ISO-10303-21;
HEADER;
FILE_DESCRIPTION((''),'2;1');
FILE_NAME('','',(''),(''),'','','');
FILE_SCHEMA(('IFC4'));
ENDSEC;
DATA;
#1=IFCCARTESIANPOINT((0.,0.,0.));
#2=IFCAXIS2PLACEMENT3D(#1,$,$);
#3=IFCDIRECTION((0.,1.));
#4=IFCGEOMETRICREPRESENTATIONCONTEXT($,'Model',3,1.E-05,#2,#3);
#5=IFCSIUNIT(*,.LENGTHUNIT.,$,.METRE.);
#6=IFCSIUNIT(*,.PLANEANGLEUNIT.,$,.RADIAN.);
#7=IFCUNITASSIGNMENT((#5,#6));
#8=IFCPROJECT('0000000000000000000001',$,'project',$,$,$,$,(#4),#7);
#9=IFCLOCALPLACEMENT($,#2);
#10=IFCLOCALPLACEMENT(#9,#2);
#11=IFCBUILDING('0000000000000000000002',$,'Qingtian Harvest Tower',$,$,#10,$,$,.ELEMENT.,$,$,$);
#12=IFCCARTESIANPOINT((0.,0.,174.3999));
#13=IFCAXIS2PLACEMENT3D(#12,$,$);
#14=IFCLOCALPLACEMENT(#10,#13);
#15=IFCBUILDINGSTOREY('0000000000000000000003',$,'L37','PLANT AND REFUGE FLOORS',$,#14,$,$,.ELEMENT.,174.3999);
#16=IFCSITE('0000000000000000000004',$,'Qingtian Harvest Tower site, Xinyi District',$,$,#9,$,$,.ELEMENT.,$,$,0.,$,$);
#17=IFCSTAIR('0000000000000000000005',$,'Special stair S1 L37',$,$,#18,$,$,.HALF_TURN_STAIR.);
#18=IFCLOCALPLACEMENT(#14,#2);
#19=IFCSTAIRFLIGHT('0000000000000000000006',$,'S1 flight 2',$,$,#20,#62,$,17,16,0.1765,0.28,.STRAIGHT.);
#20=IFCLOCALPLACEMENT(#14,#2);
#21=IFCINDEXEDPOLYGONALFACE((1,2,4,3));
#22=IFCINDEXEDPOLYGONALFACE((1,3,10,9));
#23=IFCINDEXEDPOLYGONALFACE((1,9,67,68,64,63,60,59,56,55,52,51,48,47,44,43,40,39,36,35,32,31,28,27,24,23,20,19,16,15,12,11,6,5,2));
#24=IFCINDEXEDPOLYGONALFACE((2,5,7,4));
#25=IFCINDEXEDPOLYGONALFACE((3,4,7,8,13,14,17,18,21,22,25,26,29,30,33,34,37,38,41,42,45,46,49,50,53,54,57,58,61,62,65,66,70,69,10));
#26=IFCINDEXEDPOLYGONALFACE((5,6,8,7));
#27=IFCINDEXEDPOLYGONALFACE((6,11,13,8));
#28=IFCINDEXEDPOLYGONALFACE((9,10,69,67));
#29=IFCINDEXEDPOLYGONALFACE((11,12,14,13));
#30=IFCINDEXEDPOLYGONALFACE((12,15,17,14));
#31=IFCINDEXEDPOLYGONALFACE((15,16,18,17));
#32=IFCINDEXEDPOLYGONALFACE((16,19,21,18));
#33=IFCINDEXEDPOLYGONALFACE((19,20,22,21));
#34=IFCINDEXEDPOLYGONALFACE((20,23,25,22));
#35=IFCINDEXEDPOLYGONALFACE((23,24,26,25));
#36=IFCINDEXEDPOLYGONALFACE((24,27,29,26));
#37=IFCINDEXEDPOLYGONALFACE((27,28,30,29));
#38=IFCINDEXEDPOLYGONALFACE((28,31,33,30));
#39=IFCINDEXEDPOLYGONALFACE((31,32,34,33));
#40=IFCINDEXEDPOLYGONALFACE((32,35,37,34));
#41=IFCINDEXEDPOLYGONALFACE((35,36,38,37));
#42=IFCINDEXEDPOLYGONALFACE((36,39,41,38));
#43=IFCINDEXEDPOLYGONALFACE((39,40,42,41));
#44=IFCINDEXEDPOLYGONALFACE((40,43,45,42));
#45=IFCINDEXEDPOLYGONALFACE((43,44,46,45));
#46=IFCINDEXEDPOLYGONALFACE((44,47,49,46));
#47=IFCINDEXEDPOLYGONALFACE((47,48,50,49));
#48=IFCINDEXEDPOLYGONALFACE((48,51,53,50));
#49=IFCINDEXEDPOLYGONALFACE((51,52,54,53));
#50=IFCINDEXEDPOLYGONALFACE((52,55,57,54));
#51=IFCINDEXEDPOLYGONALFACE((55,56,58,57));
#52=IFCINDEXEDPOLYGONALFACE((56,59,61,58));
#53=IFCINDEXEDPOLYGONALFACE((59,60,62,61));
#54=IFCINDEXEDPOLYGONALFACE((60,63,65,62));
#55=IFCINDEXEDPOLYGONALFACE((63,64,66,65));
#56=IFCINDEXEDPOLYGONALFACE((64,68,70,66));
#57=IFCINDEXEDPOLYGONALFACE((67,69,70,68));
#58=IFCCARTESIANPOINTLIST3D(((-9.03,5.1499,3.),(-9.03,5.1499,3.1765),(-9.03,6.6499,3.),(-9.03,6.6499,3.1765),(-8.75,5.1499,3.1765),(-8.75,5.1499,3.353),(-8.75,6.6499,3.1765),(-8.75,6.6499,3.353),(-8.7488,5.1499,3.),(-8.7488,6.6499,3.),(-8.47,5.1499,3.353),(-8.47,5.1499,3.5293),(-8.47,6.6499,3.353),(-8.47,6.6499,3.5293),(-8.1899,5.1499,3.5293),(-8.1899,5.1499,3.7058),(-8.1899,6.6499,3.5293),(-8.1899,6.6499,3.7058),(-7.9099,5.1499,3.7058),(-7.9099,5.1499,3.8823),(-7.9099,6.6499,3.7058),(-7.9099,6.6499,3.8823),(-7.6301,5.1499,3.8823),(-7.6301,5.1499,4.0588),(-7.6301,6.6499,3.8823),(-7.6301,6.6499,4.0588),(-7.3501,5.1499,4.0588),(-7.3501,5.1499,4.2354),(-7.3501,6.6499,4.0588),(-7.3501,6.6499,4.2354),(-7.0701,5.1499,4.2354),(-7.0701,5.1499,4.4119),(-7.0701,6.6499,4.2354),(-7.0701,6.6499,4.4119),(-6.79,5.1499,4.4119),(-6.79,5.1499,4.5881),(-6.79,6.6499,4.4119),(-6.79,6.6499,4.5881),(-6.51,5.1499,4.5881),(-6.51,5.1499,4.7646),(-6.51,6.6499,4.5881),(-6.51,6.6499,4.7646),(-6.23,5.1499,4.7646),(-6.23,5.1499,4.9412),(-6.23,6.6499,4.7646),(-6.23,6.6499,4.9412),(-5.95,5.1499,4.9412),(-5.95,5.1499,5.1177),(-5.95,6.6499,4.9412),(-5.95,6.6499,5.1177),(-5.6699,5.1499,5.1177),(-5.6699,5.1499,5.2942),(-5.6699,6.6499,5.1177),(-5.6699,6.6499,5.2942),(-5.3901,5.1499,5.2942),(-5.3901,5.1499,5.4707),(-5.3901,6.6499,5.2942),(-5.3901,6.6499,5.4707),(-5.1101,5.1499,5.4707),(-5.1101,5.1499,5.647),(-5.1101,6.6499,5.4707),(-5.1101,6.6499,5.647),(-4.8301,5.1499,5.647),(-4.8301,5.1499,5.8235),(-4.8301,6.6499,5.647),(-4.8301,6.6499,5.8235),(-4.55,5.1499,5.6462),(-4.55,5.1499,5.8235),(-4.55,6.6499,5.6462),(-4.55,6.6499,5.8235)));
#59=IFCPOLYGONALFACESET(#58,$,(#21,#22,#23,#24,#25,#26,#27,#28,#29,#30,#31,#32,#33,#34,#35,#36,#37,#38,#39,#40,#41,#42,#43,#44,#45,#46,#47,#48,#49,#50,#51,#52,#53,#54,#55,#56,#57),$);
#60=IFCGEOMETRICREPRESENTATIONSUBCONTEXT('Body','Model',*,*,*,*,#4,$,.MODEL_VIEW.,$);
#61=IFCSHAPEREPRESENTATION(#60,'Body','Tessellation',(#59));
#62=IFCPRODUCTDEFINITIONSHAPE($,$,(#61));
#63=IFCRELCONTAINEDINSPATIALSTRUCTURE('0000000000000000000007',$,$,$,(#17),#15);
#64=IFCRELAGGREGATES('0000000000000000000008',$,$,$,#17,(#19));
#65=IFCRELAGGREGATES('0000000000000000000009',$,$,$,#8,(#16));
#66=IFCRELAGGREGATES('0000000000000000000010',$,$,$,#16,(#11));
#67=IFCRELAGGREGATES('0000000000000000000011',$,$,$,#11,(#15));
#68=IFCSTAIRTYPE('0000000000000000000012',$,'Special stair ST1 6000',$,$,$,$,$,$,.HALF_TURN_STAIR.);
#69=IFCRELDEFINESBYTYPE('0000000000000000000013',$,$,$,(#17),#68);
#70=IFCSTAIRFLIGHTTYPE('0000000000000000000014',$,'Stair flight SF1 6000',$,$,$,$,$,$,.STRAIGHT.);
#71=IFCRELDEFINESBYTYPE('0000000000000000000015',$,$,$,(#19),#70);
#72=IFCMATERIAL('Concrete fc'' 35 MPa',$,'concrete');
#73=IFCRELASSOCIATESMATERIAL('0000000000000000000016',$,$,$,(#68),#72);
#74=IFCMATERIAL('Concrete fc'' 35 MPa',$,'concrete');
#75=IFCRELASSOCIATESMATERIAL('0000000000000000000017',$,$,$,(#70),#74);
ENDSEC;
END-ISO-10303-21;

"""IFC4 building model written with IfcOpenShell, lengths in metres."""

from ifc_helpers import new_model, si_unit, direction, frame, origin, place, context, subcontext, project, spatial, polyline, outline, extrude, material, type_object, element, aggregate, save


model = new_model("IFC4")

# Units and contexts
model_context = context("Model", 3, precision=1e-05, world=origin(), true_north=direction((0.0, 1.0)))
body_context = subcontext(model_context, "Body", "Model", "MODEL_VIEW")
ifc_project = project(units=[si_unit("LENGTHUNIT", "METRE"), si_unit("PLANEANGLEUNIT", "RADIAN")], contexts=[model_context])

# Site, building, storey
site_placement = place(None, origin())
site = spatial("IfcSite", under=ifc_project, at=site_placement, Name="Qingtian Harvest Tower site, Xinyi District", CompositionType="ELEMENT", RefElevation=0.0)
building_placement = place(site_placement, origin())
building = spatial("IfcBuilding", under=site, at=building_placement, Name="Qingtian Harvest Tower", CompositionType="ELEMENT")
storey_placement = place(building_placement, frame((0.0, 0.0, 174.3999)))
storey = spatial("IfcBuildingStorey", under=building, at=storey_placement, Name="L37", Description="PLANT AND REFUGE FLOORS", CompositionType="ELEMENT", Elevation=174.3999)

# Stair, stair flight
ifc_material_1 = material(Name="Concrete fc' 35 MPa", Category="concrete")
stair_type = type_object("IfcStairType", Name="Special stair ST1 6000", PredefinedType="HALF_TURN_STAIR", material=ifc_material_1)
stair_placement = place(storey_placement, origin())
stair = element("IfcStair", 1, at=stair_placement, inside=storey, type_object=stair_type, Name="Special stair S1 L37", PredefinedType="HALF_TURN_STAIR")
ifc_material_2 = material(Name="Concrete fc' 35 MPa", Category="concrete")
stair_flight_type = type_object("IfcStairFlightType", Name="Stair flight SF1 6000", PredefinedType="STRAIGHT", material=ifc_material_2)
stair_flight_1_placement = place(storey_placement, frame((-9.03, 5.8999, 3.0), z_axis=(0.0, 0.0, 1.0), x_axis=(1.0, 0.0, 0.0)))
stair_flight_1 = element("IfcStairFlight", 2, at=stair_flight_1_placement, type_object=stair_flight_type, Name="S1 flight 2", NumberOfRisers=17, NumberOfTreads=16, PredefinedType="STRAIGHT", RiserHeight=0.1765, TreadLength=0.28, context=body_context, shape_type="SweptSolid", body=[
    extrude(outline(polyline([(0.0, 0.0), (0.0, 0.1765), (0.28, 0.1765), (0.28, 0.353), (0.5601, 0.353), (0.5601, 0.5293), (0.8401, 0.5293), (0.8401, 0.7058), (1.1201, 0.7058), (1.1201, 0.8823), (1.3999, 0.8823), (1.3999, 1.0588), (1.6799, 1.0588), (1.6799, 1.2354), (1.96, 1.2354), (1.96, 1.4119), (2.24, 1.4119), (2.24, 1.5881), (2.52, 1.5881), (2.52, 1.7646), (2.8, 1.7646), (2.8, 1.9412), (3.0801, 1.9412), (3.0801, 2.1177), (3.3601, 2.1177), (3.3601, 2.2942), (3.6399, 2.2942), (3.6399, 2.4707), (3.9199, 2.4707), (3.9199, 2.647), (4.2, 2.647), (4.2, 2.8235), (4.48, 2.8235), (4.48, 3.0), (4.48, 2.6462), (0.2812, 0.0), (0.0, 0.0)])), frame((0.0, 0.75, 0.0), z_axis=(0.0, -1.0, 0.0), x_axis=(1.0, 0.0, 0.0)), (0.0, 0.0, 1.0), 1.5),
])
aggregate(stair, [stair_flight_1])

save(model, "model.ifc")
